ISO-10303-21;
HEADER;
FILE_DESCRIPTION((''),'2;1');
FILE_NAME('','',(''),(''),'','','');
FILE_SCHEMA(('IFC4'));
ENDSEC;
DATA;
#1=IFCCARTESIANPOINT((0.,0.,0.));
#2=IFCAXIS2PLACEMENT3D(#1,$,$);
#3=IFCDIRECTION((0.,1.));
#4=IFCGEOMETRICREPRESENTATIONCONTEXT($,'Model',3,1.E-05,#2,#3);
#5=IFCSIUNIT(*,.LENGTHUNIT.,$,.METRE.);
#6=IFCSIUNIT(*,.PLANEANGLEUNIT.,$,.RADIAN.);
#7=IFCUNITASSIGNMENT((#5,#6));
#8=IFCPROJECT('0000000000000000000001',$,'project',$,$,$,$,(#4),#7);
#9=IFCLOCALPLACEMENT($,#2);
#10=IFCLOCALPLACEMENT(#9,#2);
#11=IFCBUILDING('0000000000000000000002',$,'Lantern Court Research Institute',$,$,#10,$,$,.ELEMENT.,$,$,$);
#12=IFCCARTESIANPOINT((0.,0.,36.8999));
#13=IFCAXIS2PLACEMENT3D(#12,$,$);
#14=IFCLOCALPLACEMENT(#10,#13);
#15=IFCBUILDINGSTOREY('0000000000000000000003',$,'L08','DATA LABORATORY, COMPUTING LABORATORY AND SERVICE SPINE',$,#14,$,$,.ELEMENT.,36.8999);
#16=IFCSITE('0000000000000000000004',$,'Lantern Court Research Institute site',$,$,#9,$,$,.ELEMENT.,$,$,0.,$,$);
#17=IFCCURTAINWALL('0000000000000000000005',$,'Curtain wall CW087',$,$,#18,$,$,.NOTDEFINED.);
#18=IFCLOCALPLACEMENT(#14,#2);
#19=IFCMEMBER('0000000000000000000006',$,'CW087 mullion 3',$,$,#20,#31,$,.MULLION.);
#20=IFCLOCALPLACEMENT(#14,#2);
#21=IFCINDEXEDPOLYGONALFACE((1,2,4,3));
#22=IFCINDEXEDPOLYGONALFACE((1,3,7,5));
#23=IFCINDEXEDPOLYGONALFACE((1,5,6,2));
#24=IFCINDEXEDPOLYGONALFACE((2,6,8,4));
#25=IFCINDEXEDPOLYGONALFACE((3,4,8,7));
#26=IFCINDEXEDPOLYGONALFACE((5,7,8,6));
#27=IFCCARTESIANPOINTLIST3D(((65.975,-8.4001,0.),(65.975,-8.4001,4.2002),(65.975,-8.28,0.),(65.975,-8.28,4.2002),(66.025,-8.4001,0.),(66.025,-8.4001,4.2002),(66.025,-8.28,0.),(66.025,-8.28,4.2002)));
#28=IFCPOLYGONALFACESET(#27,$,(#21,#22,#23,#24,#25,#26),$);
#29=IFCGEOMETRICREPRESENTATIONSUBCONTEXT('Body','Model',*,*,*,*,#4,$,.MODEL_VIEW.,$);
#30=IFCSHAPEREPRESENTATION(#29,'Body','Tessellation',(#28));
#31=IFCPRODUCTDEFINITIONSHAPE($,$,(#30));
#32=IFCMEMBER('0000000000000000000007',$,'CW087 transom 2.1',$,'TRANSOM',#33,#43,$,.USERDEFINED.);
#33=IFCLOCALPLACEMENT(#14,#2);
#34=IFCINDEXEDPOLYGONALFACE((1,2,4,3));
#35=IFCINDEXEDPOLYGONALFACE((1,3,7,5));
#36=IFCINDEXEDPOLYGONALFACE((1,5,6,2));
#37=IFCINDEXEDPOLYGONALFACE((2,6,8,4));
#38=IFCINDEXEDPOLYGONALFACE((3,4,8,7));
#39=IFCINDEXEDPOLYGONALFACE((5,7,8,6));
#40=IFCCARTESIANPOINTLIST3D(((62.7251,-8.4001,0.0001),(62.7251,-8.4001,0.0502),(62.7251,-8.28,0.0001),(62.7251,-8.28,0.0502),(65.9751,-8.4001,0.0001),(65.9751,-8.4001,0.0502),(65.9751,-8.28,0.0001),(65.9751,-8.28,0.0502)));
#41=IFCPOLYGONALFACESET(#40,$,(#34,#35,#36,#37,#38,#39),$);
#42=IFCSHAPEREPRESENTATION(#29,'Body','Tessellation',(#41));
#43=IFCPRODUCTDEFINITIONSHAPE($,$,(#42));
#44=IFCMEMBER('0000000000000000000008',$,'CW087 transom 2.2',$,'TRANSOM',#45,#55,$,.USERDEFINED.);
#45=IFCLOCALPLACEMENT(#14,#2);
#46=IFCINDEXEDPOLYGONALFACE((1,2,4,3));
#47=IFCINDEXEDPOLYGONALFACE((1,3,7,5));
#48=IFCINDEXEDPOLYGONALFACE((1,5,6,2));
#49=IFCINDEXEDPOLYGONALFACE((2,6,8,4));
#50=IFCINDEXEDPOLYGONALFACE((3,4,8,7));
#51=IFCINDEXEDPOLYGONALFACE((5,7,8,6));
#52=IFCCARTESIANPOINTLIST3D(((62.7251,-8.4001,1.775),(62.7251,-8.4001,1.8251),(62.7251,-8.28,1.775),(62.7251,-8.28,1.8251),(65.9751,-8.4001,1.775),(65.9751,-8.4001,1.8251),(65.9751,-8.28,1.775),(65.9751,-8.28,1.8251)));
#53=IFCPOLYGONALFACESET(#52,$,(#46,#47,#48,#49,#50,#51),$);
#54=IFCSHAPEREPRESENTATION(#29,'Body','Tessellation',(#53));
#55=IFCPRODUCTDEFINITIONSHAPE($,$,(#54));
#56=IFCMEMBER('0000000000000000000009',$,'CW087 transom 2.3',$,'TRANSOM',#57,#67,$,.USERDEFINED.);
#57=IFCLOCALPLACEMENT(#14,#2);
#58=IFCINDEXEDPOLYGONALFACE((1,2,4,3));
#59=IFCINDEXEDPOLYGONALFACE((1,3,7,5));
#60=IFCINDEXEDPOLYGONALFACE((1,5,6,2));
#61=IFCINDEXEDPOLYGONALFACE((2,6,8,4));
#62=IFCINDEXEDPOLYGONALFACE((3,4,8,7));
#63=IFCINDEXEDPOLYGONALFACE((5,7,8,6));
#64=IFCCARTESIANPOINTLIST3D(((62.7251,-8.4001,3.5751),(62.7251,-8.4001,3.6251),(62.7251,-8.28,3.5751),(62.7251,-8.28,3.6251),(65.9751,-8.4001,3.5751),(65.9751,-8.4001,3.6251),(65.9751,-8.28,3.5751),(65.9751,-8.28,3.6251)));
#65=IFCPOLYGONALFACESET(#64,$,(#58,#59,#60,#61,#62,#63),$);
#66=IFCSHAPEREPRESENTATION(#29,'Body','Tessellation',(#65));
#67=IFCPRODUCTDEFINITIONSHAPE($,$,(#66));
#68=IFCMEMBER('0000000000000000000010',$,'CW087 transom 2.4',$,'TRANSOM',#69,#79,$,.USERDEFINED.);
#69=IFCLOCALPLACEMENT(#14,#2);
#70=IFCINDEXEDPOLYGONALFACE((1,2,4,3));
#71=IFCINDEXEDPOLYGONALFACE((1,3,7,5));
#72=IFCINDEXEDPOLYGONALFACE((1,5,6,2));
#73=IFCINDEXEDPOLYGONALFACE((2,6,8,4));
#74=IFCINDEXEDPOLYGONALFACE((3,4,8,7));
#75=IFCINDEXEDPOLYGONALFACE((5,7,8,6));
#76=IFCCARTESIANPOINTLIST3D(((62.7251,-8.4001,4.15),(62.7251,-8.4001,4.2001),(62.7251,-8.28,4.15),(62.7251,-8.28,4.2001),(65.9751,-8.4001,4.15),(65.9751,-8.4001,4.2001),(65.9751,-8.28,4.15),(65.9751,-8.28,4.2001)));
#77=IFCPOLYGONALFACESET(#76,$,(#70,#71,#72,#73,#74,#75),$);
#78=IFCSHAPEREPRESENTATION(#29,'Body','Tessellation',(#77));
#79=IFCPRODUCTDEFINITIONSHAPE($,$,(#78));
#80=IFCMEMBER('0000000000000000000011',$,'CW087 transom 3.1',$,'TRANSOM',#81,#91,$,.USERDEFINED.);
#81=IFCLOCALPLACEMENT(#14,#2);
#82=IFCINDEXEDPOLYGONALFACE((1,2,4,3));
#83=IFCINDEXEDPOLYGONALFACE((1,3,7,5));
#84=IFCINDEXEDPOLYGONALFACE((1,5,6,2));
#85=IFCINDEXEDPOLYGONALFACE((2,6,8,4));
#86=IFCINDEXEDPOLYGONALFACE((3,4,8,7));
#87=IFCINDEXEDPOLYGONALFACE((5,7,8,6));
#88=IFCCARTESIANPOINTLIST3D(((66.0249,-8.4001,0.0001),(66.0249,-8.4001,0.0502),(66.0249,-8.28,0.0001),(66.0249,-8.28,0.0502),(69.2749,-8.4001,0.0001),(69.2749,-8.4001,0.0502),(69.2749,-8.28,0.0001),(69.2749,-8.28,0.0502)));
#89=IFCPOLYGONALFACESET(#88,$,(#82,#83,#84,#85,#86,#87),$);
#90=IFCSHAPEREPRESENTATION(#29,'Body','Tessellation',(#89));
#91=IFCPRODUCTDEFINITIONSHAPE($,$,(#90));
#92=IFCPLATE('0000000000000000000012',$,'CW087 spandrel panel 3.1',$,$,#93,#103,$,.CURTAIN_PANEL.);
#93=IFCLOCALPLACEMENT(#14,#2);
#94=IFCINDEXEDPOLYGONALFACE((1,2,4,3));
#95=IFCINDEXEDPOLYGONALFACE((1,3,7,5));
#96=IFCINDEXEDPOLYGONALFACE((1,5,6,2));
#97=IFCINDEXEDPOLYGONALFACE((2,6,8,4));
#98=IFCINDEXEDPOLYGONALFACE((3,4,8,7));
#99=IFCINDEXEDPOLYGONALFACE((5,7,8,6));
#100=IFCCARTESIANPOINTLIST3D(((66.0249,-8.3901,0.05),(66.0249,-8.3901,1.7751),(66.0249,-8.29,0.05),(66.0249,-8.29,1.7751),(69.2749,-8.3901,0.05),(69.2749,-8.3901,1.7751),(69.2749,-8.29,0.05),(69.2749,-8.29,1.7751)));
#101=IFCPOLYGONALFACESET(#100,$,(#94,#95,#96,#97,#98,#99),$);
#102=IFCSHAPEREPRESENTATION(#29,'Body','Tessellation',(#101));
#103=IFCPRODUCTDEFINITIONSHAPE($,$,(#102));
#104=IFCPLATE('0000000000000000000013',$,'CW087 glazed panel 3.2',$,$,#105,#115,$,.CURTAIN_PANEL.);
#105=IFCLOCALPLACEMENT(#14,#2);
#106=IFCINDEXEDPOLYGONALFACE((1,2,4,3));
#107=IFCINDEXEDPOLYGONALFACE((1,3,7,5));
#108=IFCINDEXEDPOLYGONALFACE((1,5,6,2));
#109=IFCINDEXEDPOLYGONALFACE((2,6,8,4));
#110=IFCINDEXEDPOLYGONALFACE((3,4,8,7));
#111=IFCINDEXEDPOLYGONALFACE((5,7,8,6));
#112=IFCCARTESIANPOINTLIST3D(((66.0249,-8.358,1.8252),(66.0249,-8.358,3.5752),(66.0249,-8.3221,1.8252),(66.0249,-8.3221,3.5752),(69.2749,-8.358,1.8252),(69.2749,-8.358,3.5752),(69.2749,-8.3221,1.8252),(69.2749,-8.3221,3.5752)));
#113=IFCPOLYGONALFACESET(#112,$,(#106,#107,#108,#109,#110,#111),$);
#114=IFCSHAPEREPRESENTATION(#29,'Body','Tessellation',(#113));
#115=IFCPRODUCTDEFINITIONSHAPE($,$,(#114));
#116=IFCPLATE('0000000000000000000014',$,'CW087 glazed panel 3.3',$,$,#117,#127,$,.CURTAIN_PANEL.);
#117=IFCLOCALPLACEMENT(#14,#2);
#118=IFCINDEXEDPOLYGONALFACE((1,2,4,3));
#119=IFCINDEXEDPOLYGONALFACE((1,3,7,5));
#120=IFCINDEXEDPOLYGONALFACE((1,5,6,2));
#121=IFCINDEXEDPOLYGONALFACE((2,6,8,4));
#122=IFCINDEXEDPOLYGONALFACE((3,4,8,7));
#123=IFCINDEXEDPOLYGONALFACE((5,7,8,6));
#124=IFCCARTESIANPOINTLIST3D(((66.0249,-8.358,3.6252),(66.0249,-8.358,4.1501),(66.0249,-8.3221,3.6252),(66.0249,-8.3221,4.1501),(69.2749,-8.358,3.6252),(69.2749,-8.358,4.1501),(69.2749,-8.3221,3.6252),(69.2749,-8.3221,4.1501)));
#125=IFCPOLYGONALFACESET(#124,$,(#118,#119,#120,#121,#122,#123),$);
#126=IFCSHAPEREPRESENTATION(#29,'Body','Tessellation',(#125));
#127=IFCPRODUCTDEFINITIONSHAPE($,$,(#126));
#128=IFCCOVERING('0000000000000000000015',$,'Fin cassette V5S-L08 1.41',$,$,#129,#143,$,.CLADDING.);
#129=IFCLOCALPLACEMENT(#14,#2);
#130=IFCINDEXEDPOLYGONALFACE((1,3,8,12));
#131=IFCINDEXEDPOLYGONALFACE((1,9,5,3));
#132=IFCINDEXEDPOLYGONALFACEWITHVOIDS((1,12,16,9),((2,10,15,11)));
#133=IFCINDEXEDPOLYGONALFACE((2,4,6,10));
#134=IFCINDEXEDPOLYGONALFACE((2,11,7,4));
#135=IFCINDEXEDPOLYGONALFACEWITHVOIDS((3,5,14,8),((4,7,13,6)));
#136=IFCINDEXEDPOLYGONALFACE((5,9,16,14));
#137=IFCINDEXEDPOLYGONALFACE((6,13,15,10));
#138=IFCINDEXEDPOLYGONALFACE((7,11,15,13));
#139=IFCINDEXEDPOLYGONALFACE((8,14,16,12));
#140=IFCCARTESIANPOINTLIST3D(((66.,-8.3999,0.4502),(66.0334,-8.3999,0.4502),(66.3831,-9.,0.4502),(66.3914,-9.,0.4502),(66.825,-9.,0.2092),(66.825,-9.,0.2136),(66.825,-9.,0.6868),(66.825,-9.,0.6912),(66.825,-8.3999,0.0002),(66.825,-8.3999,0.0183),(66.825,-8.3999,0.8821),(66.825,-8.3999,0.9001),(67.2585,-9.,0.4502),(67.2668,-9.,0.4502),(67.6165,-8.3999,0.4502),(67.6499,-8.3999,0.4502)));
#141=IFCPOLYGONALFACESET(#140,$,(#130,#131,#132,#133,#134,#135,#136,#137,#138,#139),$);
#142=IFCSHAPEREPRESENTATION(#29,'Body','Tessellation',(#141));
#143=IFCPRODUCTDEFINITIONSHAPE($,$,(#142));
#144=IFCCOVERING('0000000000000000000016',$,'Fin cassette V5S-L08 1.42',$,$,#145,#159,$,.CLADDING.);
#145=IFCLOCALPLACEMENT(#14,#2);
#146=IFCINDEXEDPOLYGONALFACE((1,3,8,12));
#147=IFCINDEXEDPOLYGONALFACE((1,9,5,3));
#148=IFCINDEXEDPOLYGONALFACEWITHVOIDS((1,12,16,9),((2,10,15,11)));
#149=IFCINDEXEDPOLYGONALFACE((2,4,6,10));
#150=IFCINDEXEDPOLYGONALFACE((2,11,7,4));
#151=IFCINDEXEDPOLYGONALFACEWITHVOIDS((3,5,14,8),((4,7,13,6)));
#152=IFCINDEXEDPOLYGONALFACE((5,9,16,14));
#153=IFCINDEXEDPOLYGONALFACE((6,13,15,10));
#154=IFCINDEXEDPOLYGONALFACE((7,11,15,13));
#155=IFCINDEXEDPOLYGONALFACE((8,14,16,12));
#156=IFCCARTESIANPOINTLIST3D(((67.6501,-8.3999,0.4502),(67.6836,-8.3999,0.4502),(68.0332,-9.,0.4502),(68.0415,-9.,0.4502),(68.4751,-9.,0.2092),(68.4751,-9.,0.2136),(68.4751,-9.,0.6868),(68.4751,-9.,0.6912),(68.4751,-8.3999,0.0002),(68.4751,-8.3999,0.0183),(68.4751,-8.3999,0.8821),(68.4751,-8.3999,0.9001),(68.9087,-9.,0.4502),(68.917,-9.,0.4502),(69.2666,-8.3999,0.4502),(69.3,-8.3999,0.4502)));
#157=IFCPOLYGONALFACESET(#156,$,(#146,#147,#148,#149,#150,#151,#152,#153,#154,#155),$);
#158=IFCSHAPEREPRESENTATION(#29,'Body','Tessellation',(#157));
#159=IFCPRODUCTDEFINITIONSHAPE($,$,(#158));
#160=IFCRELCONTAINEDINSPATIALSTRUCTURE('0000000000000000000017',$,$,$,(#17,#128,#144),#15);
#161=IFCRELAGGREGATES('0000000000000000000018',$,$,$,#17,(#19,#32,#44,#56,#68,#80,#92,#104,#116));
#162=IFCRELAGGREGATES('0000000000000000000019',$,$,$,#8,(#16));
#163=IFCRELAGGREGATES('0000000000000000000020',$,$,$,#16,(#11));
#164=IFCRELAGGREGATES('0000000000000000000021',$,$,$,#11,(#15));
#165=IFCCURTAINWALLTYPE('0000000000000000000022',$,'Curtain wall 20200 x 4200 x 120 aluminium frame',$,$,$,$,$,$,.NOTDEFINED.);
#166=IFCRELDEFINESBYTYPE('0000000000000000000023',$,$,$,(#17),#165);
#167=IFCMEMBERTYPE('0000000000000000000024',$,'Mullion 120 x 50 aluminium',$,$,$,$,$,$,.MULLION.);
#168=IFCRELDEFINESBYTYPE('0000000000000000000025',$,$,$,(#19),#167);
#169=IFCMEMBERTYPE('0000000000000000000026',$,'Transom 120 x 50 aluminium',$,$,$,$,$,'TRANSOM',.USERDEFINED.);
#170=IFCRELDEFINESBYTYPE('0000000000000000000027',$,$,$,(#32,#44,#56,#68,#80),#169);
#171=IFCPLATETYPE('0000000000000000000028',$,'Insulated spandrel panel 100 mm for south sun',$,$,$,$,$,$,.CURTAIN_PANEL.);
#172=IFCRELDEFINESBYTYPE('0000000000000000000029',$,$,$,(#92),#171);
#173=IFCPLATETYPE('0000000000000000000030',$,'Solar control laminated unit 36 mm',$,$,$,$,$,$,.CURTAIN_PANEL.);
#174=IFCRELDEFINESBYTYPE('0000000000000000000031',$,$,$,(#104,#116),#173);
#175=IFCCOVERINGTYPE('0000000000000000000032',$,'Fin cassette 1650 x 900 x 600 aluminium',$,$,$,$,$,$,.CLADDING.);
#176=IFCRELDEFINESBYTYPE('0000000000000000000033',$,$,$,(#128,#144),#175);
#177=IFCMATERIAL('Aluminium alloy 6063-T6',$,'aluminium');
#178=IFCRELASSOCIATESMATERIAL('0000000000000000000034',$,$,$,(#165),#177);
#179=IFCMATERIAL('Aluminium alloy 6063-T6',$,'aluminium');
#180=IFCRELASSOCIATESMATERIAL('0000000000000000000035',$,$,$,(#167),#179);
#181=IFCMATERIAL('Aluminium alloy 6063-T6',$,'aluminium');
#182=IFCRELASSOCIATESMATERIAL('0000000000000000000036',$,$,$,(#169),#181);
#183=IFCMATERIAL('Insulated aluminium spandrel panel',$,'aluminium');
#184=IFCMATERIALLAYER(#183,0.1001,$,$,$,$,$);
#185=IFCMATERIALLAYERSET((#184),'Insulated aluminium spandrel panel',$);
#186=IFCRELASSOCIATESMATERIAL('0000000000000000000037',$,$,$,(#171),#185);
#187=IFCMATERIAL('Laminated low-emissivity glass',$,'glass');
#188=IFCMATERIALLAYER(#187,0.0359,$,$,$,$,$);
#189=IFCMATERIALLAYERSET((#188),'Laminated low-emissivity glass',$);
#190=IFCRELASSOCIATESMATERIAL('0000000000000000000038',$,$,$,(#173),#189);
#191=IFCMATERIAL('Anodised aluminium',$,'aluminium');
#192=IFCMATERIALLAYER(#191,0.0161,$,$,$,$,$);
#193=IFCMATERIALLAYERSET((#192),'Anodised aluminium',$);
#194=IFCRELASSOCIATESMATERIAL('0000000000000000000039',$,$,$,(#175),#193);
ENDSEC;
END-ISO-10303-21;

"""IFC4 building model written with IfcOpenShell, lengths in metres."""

from ifc_helpers import new_model, entity, si_unit, direction, frame, origin, origin_2d, place, context, subcontext, project, spatial, rectangle, extrude, material, layer, layer_set, material_profile, profile_set, type_object, element, aggregate, save


model = new_model("IFC4")

# Units and contexts
model_context = context("Model", 3, precision=1e-05, world=origin(), true_north=direction((0.0, 1.0)))
body_context = subcontext(model_context, "Body", "Model", "MODEL_VIEW")
ifc_project = project(units=[si_unit("LENGTHUNIT", "METRE"), si_unit("PLANEANGLEUNIT", "RADIAN")], contexts=[model_context])

# Site, building, storey
site_placement = place(None, origin())
site = spatial("IfcSite", under=ifc_project, at=site_placement, Name="Lantern Court Research Institute site", CompositionType="ELEMENT", RefElevation=0.0)
building_placement = place(site_placement, origin())
building = spatial("IfcBuilding", under=site, at=building_placement, Name="Lantern Court Research Institute", CompositionType="ELEMENT")
storey_placement = place(building_placement, frame((0.0, 0.0, 36.8999)))
storey = spatial("IfcBuildingStorey", under=building, at=storey_placement, Name="L08", Description="DATA LABORATORY, COMPUTING LABORATORY AND SERVICE SPINE", CompositionType="ELEMENT", Elevation=36.8999)

# Curtain wall, members, plates
ifc_material_1 = material(Name="Aluminium alloy 6063-T6", Category="aluminium")
curtain_wall_type = type_object("IfcCurtainWallType", Name="Curtain wall 20200 x 4200 x 120 aluminium frame", PredefinedType="NOTDEFINED", material=ifc_material_1)
curtain_wall_placement = place(storey_placement, origin())
curtain_wall = element("IfcCurtainWall", 1, at=curtain_wall_placement, inside=storey, type_object=curtain_wall_type, Name="Curtain wall CW087", PredefinedType="NOTDEFINED")
ifc_material_2 = material(Name="Aluminium alloy 6063-T6", Category="aluminium")
ifc_material_profile_1 = material_profile(ifc_material_2, rectangle(XDim=0.1201, YDim=0.05, at=origin_2d()), Name="Mullion 120 x 50")
ifc_profile_set_1 = profile_set([ifc_material_profile_1], Name="Aluminium alloy 6063-T6")
member_type_1 = type_object("IfcMemberType", Name="Mullion 120 x 50 aluminium", PredefinedType="MULLION", material=ifc_profile_set_1)
member_1_placement = place(storey_placement, frame((66.0, -8.3401, 0.0), z_axis=(0.0, 0.0, 1.0), x_axis=(0.0, -1.0, 0.0)))
member_1 = element("IfcMember", 2, at=member_1_placement, type_object=member_type_1, Name="CW087 mullion 3", PredefinedType="MULLION", context=body_context, shape_type="SweptSolid", body=[
    extrude(rectangle(XDim=0.1201, YDim=0.05, at=origin_2d()), origin(), (0.0, 0.0, 1.0), 4.2002),
])
ifc_material_3 = material(Name="Aluminium alloy 6063-T6", Category="aluminium")
ifc_material_profile_2 = material_profile(ifc_material_3, rectangle(XDim=0.1201, YDim=0.05, at=origin_2d()), Name="Transom 120 x 50")
ifc_profile_set_2 = profile_set([ifc_material_profile_2], Name="Aluminium alloy 6063-T6")
member_type_2 = type_object("IfcMemberType", Name="Transom 120 x 50 aluminium", ElementType="TRANSOM", PredefinedType="USERDEFINED", material=ifc_profile_set_2)
member_2_placement = place(storey_placement, frame((65.9751, -8.3401, 0.0251), z_axis=(-1.0, 0.0, 0.0), x_axis=(0.0, -1.0, 0.0)))
member_2 = element("IfcMember", 3, at=member_2_placement, type_object=member_type_2, Name="CW087 transom 2.1", ObjectType="TRANSOM", PredefinedType="USERDEFINED", context=body_context, shape_type="SweptSolid", body=[
    extrude(rectangle(XDim=0.1201, YDim=0.05, at=origin_2d()), origin(), (0.0, 0.0, 1.0), 3.25),
])
member_3_placement = place(storey_placement, frame((65.9751, -8.3401, 1.8), z_axis=(-1.0, 0.0, 0.0), x_axis=(0.0, -1.0, 0.0)))
member_3 = element("IfcMember", 4, at=member_3_placement, type_object=member_type_2, Name="CW087 transom 2.2", ObjectType="TRANSOM", PredefinedType="USERDEFINED", context=body_context, shape_type="SweptSolid", body=[
    extrude(rectangle(XDim=0.1201, YDim=0.05, at=origin_2d()), origin(), (0.0, 0.0, 1.0), 3.25),
])
member_4_placement = place(storey_placement, frame((65.9751, -8.3401, 3.6001), z_axis=(-1.0, 0.0, 0.0), x_axis=(0.0, -1.0, 0.0)))
member_4 = element("IfcMember", 5, at=member_4_placement, type_object=member_type_2, Name="CW087 transom 2.3", ObjectType="TRANSOM", PredefinedType="USERDEFINED", context=body_context, shape_type="SweptSolid", body=[
    extrude(rectangle(XDim=0.1201, YDim=0.05, at=origin_2d()), origin(), (0.0, 0.0, 1.0), 3.25),
])
member_5_placement = place(storey_placement, frame((65.9751, -8.3401, 4.175), z_axis=(-1.0, 0.0, 0.0), x_axis=(0.0, -1.0, 0.0)))
member_5 = element("IfcMember", 6, at=member_5_placement, type_object=member_type_2, Name="CW087 transom 2.4", ObjectType="TRANSOM", PredefinedType="USERDEFINED", context=body_context, shape_type="SweptSolid", body=[
    extrude(rectangle(XDim=0.1201, YDim=0.05, at=origin_2d()), origin(), (0.0, 0.0, 1.0), 3.25),
])
member_6_placement = place(storey_placement, frame((69.2749, -8.3401, 0.0251), z_axis=(-1.0, 0.0, 0.0), x_axis=(0.0, -1.0, 0.0)))
member_6 = element("IfcMember", 7, at=member_6_placement, type_object=member_type_2, Name="CW087 transom 3.1", ObjectType="TRANSOM", PredefinedType="USERDEFINED", context=body_context, shape_type="SweptSolid", body=[
    extrude(rectangle(XDim=0.1201, YDim=0.05, at=origin_2d()), origin(), (0.0, 0.0, 1.0), 3.25),
])
ifc_material_4 = material(Name="Insulated aluminium spandrel panel", Category="aluminium")
ifc_layer_1 = layer(ifc_material_4, 0.1001)
ifc_layer_set_1 = layer_set([ifc_layer_1], Name="Insulated aluminium spandrel panel")
plate_type_1 = type_object("IfcPlateType", Name="Insulated spandrel panel 100 mm for south sun", PredefinedType="CURTAIN_PANEL", material=ifc_layer_set_1)
plate_1_placement = place(storey_placement, frame((67.6499, -8.3401, 0.05), z_axis=(0.0, 0.0, 1.0), x_axis=(-1.0, 0.0, 0.0)))
plate_1 = element("IfcPlate", 8, at=plate_1_placement, type_object=plate_type_1, Name="CW087 spandrel panel 3.1", PredefinedType="CURTAIN_PANEL", context=body_context, shape_type="SweptSolid", body=[
    extrude(rectangle(XDim=3.25, YDim=0.1001, at=origin_2d()), origin(), (0.0, 0.0, 1.0), 1.7251),
])
ifc_material_5 = material(Name="Laminated low-emissivity glass", Category="glass")
ifc_layer_2 = layer(ifc_material_5, 0.0359)
ifc_layer_set_2 = layer_set([ifc_layer_2], Name="Laminated low-emissivity glass")
plate_type_2 = type_object("IfcPlateType", Name="Solar control laminated unit 36 mm", PredefinedType="CURTAIN_PANEL", material=ifc_layer_set_2)
plate_2_placement = place(storey_placement, frame((67.6499, -8.3401, 1.8252), z_axis=(0.0, 0.0, 1.0), x_axis=(-1.0, 0.0, 0.0)))
plate_2 = element("IfcPlate", 9, at=plate_2_placement, type_object=plate_type_2, Name="CW087 glazed panel 3.2", PredefinedType="CURTAIN_PANEL", context=body_context, shape_type="SweptSolid", body=[
    extrude(rectangle(XDim=3.25, YDim=0.0359, at=origin_2d()), origin(), (0.0, 0.0, 1.0), 1.75),
])
plate_3_placement = place(storey_placement, frame((67.6499, -8.3401, 3.6252), z_axis=(0.0, 0.0, 1.0), x_axis=(-1.0, 0.0, 0.0)))
plate_3 = element("IfcPlate", 10, at=plate_3_placement, type_object=plate_type_2, Name="CW087 glazed panel 3.3", PredefinedType="CURTAIN_PANEL", context=body_context, shape_type="SweptSolid", body=[
    extrude(rectangle(XDim=3.25, YDim=0.0359, at=origin_2d()), origin(), (0.0, 0.0, 1.0), 0.5249),
])
aggregate(curtain_wall, [member_1, member_2, member_3, member_4, member_5, member_6, plate_1, plate_2, plate_3])

# Coverings
ifc_material_6 = material(Name="Anodised aluminium", Category="aluminium")
ifc_layer_3 = layer(ifc_material_6, 0.0161)
ifc_layer_set_3 = layer_set([ifc_layer_3], Name="Anodised aluminium")
covering_type = type_object("IfcCoveringType", Name="Fin cassette 1650 x 900 x 600 aluminium", PredefinedType="CLADDING", material=ifc_layer_set_3)
covering_1_placement = place(storey_placement, frame((66.825, -8.3999, 0.4502), z_axis=(0.0, -1.0, 0.0), x_axis=(1.0, 0.0, 0.0)))
cartesian_point_1 = entity("IfcCartesianPoint", [0.825, 0.0])
cartesian_point_2 = entity("IfcCartesianPoint", [0.7915, 0.0])
cartesian_point_3 = entity("IfcCartesianPoint", [0.4419, 0.0])
cartesian_point_4 = entity("IfcCartesianPoint", [0.4336, 0.0])
element("IfcCovering", 11, at=covering_1_placement, inside=storey, type_object=covering_type, Name="Fin cassette V5S-L08 1.41", PredefinedType="CLADDING", context=body_context, shape_type="SweptSolid", body=[
    entity("IfcExtrudedAreaSolidTapered", entity("IfcArbitraryProfileDefWithVoids", "AREA", None, entity("IfcPolyline", [cartesian_point_1, entity("IfcCartesianPoint", [0.0, 0.45]), entity("IfcCartesianPoint", [-0.825, 0.0]), entity("IfcCartesianPoint", [0.0, -0.45]), cartesian_point_1]), [entity("IfcPolyline", [cartesian_point_2, entity("IfcCartesianPoint", [0.0, 0.4319]), entity("IfcCartesianPoint", [-0.7915, 0.0]), entity("IfcCartesianPoint", [0.0, -0.4319]), cartesian_point_2])]), entity("IfcAxis2Placement3D", entity("IfcCartesianPoint", [0.0, 0.0, 0.0])), entity("IfcDirection", [0.0, 0.0, 1.0]), 0.6001, entity("IfcArbitraryProfileDefWithVoids", "AREA", None, entity("IfcPolyline", [cartesian_point_3, entity("IfcCartesianPoint", [0.0, 0.241]), entity("IfcCartesianPoint", [-0.4419, 0.0]), entity("IfcCartesianPoint", [0.0, -0.241]), cartesian_point_3]), [entity("IfcPolyline", [cartesian_point_4, entity("IfcCartesianPoint", [0.0, 0.2366]), entity("IfcCartesianPoint", [-0.4336, 0.0]), entity("IfcCartesianPoint", [0.0, -0.2366]), cartesian_point_4])])),
])
covering_2_placement = place(storey_placement, frame((68.4751, -8.3999, 0.4502), z_axis=(0.0, -1.0, 0.0), x_axis=(1.0, 0.0, 0.0)))
cartesian_point_5 = entity("IfcCartesianPoint", [0.825, 0.0])
cartesian_point_6 = entity("IfcCartesianPoint", [0.7915, 0.0])
cartesian_point_7 = entity("IfcCartesianPoint", [0.4419, 0.0])
cartesian_point_8 = entity("IfcCartesianPoint", [0.4336, 0.0])
element("IfcCovering", 12, at=covering_2_placement, inside=storey, type_object=covering_type, Name="Fin cassette V5S-L08 1.42", PredefinedType="CLADDING", context=body_context, shape_type="SweptSolid", body=[
    entity("IfcExtrudedAreaSolidTapered", entity("IfcArbitraryProfileDefWithVoids", "AREA", None, entity("IfcPolyline", [cartesian_point_5, entity("IfcCartesianPoint", [0.0, 0.45]), entity("IfcCartesianPoint", [-0.825, 0.0]), entity("IfcCartesianPoint", [0.0, -0.45]), cartesian_point_5]), [entity("IfcPolyline", [cartesian_point_6, entity("IfcCartesianPoint", [0.0, 0.4319]), entity("IfcCartesianPoint", [-0.7915, 0.0]), entity("IfcCartesianPoint", [0.0, -0.4319]), cartesian_point_6])]), entity("IfcAxis2Placement3D", entity("IfcCartesianPoint", [0.0, 0.0, 0.0])), entity("IfcDirection", [0.0, 0.0, 1.0]), 0.6001, entity("IfcArbitraryProfileDefWithVoids", "AREA", None, entity("IfcPolyline", [cartesian_point_7, entity("IfcCartesianPoint", [0.0, 0.241]), entity("IfcCartesianPoint", [-0.4419, 0.0]), entity("IfcCartesianPoint", [0.0, -0.241]), cartesian_point_7]), [entity("IfcPolyline", [cartesian_point_8, entity("IfcCartesianPoint", [0.0, 0.2366]), entity("IfcCartesianPoint", [-0.4336, 0.0]), entity("IfcCartesianPoint", [0.0, -0.2366]), cartesian_point_8])])),
])

save(model, "model.ifc")
